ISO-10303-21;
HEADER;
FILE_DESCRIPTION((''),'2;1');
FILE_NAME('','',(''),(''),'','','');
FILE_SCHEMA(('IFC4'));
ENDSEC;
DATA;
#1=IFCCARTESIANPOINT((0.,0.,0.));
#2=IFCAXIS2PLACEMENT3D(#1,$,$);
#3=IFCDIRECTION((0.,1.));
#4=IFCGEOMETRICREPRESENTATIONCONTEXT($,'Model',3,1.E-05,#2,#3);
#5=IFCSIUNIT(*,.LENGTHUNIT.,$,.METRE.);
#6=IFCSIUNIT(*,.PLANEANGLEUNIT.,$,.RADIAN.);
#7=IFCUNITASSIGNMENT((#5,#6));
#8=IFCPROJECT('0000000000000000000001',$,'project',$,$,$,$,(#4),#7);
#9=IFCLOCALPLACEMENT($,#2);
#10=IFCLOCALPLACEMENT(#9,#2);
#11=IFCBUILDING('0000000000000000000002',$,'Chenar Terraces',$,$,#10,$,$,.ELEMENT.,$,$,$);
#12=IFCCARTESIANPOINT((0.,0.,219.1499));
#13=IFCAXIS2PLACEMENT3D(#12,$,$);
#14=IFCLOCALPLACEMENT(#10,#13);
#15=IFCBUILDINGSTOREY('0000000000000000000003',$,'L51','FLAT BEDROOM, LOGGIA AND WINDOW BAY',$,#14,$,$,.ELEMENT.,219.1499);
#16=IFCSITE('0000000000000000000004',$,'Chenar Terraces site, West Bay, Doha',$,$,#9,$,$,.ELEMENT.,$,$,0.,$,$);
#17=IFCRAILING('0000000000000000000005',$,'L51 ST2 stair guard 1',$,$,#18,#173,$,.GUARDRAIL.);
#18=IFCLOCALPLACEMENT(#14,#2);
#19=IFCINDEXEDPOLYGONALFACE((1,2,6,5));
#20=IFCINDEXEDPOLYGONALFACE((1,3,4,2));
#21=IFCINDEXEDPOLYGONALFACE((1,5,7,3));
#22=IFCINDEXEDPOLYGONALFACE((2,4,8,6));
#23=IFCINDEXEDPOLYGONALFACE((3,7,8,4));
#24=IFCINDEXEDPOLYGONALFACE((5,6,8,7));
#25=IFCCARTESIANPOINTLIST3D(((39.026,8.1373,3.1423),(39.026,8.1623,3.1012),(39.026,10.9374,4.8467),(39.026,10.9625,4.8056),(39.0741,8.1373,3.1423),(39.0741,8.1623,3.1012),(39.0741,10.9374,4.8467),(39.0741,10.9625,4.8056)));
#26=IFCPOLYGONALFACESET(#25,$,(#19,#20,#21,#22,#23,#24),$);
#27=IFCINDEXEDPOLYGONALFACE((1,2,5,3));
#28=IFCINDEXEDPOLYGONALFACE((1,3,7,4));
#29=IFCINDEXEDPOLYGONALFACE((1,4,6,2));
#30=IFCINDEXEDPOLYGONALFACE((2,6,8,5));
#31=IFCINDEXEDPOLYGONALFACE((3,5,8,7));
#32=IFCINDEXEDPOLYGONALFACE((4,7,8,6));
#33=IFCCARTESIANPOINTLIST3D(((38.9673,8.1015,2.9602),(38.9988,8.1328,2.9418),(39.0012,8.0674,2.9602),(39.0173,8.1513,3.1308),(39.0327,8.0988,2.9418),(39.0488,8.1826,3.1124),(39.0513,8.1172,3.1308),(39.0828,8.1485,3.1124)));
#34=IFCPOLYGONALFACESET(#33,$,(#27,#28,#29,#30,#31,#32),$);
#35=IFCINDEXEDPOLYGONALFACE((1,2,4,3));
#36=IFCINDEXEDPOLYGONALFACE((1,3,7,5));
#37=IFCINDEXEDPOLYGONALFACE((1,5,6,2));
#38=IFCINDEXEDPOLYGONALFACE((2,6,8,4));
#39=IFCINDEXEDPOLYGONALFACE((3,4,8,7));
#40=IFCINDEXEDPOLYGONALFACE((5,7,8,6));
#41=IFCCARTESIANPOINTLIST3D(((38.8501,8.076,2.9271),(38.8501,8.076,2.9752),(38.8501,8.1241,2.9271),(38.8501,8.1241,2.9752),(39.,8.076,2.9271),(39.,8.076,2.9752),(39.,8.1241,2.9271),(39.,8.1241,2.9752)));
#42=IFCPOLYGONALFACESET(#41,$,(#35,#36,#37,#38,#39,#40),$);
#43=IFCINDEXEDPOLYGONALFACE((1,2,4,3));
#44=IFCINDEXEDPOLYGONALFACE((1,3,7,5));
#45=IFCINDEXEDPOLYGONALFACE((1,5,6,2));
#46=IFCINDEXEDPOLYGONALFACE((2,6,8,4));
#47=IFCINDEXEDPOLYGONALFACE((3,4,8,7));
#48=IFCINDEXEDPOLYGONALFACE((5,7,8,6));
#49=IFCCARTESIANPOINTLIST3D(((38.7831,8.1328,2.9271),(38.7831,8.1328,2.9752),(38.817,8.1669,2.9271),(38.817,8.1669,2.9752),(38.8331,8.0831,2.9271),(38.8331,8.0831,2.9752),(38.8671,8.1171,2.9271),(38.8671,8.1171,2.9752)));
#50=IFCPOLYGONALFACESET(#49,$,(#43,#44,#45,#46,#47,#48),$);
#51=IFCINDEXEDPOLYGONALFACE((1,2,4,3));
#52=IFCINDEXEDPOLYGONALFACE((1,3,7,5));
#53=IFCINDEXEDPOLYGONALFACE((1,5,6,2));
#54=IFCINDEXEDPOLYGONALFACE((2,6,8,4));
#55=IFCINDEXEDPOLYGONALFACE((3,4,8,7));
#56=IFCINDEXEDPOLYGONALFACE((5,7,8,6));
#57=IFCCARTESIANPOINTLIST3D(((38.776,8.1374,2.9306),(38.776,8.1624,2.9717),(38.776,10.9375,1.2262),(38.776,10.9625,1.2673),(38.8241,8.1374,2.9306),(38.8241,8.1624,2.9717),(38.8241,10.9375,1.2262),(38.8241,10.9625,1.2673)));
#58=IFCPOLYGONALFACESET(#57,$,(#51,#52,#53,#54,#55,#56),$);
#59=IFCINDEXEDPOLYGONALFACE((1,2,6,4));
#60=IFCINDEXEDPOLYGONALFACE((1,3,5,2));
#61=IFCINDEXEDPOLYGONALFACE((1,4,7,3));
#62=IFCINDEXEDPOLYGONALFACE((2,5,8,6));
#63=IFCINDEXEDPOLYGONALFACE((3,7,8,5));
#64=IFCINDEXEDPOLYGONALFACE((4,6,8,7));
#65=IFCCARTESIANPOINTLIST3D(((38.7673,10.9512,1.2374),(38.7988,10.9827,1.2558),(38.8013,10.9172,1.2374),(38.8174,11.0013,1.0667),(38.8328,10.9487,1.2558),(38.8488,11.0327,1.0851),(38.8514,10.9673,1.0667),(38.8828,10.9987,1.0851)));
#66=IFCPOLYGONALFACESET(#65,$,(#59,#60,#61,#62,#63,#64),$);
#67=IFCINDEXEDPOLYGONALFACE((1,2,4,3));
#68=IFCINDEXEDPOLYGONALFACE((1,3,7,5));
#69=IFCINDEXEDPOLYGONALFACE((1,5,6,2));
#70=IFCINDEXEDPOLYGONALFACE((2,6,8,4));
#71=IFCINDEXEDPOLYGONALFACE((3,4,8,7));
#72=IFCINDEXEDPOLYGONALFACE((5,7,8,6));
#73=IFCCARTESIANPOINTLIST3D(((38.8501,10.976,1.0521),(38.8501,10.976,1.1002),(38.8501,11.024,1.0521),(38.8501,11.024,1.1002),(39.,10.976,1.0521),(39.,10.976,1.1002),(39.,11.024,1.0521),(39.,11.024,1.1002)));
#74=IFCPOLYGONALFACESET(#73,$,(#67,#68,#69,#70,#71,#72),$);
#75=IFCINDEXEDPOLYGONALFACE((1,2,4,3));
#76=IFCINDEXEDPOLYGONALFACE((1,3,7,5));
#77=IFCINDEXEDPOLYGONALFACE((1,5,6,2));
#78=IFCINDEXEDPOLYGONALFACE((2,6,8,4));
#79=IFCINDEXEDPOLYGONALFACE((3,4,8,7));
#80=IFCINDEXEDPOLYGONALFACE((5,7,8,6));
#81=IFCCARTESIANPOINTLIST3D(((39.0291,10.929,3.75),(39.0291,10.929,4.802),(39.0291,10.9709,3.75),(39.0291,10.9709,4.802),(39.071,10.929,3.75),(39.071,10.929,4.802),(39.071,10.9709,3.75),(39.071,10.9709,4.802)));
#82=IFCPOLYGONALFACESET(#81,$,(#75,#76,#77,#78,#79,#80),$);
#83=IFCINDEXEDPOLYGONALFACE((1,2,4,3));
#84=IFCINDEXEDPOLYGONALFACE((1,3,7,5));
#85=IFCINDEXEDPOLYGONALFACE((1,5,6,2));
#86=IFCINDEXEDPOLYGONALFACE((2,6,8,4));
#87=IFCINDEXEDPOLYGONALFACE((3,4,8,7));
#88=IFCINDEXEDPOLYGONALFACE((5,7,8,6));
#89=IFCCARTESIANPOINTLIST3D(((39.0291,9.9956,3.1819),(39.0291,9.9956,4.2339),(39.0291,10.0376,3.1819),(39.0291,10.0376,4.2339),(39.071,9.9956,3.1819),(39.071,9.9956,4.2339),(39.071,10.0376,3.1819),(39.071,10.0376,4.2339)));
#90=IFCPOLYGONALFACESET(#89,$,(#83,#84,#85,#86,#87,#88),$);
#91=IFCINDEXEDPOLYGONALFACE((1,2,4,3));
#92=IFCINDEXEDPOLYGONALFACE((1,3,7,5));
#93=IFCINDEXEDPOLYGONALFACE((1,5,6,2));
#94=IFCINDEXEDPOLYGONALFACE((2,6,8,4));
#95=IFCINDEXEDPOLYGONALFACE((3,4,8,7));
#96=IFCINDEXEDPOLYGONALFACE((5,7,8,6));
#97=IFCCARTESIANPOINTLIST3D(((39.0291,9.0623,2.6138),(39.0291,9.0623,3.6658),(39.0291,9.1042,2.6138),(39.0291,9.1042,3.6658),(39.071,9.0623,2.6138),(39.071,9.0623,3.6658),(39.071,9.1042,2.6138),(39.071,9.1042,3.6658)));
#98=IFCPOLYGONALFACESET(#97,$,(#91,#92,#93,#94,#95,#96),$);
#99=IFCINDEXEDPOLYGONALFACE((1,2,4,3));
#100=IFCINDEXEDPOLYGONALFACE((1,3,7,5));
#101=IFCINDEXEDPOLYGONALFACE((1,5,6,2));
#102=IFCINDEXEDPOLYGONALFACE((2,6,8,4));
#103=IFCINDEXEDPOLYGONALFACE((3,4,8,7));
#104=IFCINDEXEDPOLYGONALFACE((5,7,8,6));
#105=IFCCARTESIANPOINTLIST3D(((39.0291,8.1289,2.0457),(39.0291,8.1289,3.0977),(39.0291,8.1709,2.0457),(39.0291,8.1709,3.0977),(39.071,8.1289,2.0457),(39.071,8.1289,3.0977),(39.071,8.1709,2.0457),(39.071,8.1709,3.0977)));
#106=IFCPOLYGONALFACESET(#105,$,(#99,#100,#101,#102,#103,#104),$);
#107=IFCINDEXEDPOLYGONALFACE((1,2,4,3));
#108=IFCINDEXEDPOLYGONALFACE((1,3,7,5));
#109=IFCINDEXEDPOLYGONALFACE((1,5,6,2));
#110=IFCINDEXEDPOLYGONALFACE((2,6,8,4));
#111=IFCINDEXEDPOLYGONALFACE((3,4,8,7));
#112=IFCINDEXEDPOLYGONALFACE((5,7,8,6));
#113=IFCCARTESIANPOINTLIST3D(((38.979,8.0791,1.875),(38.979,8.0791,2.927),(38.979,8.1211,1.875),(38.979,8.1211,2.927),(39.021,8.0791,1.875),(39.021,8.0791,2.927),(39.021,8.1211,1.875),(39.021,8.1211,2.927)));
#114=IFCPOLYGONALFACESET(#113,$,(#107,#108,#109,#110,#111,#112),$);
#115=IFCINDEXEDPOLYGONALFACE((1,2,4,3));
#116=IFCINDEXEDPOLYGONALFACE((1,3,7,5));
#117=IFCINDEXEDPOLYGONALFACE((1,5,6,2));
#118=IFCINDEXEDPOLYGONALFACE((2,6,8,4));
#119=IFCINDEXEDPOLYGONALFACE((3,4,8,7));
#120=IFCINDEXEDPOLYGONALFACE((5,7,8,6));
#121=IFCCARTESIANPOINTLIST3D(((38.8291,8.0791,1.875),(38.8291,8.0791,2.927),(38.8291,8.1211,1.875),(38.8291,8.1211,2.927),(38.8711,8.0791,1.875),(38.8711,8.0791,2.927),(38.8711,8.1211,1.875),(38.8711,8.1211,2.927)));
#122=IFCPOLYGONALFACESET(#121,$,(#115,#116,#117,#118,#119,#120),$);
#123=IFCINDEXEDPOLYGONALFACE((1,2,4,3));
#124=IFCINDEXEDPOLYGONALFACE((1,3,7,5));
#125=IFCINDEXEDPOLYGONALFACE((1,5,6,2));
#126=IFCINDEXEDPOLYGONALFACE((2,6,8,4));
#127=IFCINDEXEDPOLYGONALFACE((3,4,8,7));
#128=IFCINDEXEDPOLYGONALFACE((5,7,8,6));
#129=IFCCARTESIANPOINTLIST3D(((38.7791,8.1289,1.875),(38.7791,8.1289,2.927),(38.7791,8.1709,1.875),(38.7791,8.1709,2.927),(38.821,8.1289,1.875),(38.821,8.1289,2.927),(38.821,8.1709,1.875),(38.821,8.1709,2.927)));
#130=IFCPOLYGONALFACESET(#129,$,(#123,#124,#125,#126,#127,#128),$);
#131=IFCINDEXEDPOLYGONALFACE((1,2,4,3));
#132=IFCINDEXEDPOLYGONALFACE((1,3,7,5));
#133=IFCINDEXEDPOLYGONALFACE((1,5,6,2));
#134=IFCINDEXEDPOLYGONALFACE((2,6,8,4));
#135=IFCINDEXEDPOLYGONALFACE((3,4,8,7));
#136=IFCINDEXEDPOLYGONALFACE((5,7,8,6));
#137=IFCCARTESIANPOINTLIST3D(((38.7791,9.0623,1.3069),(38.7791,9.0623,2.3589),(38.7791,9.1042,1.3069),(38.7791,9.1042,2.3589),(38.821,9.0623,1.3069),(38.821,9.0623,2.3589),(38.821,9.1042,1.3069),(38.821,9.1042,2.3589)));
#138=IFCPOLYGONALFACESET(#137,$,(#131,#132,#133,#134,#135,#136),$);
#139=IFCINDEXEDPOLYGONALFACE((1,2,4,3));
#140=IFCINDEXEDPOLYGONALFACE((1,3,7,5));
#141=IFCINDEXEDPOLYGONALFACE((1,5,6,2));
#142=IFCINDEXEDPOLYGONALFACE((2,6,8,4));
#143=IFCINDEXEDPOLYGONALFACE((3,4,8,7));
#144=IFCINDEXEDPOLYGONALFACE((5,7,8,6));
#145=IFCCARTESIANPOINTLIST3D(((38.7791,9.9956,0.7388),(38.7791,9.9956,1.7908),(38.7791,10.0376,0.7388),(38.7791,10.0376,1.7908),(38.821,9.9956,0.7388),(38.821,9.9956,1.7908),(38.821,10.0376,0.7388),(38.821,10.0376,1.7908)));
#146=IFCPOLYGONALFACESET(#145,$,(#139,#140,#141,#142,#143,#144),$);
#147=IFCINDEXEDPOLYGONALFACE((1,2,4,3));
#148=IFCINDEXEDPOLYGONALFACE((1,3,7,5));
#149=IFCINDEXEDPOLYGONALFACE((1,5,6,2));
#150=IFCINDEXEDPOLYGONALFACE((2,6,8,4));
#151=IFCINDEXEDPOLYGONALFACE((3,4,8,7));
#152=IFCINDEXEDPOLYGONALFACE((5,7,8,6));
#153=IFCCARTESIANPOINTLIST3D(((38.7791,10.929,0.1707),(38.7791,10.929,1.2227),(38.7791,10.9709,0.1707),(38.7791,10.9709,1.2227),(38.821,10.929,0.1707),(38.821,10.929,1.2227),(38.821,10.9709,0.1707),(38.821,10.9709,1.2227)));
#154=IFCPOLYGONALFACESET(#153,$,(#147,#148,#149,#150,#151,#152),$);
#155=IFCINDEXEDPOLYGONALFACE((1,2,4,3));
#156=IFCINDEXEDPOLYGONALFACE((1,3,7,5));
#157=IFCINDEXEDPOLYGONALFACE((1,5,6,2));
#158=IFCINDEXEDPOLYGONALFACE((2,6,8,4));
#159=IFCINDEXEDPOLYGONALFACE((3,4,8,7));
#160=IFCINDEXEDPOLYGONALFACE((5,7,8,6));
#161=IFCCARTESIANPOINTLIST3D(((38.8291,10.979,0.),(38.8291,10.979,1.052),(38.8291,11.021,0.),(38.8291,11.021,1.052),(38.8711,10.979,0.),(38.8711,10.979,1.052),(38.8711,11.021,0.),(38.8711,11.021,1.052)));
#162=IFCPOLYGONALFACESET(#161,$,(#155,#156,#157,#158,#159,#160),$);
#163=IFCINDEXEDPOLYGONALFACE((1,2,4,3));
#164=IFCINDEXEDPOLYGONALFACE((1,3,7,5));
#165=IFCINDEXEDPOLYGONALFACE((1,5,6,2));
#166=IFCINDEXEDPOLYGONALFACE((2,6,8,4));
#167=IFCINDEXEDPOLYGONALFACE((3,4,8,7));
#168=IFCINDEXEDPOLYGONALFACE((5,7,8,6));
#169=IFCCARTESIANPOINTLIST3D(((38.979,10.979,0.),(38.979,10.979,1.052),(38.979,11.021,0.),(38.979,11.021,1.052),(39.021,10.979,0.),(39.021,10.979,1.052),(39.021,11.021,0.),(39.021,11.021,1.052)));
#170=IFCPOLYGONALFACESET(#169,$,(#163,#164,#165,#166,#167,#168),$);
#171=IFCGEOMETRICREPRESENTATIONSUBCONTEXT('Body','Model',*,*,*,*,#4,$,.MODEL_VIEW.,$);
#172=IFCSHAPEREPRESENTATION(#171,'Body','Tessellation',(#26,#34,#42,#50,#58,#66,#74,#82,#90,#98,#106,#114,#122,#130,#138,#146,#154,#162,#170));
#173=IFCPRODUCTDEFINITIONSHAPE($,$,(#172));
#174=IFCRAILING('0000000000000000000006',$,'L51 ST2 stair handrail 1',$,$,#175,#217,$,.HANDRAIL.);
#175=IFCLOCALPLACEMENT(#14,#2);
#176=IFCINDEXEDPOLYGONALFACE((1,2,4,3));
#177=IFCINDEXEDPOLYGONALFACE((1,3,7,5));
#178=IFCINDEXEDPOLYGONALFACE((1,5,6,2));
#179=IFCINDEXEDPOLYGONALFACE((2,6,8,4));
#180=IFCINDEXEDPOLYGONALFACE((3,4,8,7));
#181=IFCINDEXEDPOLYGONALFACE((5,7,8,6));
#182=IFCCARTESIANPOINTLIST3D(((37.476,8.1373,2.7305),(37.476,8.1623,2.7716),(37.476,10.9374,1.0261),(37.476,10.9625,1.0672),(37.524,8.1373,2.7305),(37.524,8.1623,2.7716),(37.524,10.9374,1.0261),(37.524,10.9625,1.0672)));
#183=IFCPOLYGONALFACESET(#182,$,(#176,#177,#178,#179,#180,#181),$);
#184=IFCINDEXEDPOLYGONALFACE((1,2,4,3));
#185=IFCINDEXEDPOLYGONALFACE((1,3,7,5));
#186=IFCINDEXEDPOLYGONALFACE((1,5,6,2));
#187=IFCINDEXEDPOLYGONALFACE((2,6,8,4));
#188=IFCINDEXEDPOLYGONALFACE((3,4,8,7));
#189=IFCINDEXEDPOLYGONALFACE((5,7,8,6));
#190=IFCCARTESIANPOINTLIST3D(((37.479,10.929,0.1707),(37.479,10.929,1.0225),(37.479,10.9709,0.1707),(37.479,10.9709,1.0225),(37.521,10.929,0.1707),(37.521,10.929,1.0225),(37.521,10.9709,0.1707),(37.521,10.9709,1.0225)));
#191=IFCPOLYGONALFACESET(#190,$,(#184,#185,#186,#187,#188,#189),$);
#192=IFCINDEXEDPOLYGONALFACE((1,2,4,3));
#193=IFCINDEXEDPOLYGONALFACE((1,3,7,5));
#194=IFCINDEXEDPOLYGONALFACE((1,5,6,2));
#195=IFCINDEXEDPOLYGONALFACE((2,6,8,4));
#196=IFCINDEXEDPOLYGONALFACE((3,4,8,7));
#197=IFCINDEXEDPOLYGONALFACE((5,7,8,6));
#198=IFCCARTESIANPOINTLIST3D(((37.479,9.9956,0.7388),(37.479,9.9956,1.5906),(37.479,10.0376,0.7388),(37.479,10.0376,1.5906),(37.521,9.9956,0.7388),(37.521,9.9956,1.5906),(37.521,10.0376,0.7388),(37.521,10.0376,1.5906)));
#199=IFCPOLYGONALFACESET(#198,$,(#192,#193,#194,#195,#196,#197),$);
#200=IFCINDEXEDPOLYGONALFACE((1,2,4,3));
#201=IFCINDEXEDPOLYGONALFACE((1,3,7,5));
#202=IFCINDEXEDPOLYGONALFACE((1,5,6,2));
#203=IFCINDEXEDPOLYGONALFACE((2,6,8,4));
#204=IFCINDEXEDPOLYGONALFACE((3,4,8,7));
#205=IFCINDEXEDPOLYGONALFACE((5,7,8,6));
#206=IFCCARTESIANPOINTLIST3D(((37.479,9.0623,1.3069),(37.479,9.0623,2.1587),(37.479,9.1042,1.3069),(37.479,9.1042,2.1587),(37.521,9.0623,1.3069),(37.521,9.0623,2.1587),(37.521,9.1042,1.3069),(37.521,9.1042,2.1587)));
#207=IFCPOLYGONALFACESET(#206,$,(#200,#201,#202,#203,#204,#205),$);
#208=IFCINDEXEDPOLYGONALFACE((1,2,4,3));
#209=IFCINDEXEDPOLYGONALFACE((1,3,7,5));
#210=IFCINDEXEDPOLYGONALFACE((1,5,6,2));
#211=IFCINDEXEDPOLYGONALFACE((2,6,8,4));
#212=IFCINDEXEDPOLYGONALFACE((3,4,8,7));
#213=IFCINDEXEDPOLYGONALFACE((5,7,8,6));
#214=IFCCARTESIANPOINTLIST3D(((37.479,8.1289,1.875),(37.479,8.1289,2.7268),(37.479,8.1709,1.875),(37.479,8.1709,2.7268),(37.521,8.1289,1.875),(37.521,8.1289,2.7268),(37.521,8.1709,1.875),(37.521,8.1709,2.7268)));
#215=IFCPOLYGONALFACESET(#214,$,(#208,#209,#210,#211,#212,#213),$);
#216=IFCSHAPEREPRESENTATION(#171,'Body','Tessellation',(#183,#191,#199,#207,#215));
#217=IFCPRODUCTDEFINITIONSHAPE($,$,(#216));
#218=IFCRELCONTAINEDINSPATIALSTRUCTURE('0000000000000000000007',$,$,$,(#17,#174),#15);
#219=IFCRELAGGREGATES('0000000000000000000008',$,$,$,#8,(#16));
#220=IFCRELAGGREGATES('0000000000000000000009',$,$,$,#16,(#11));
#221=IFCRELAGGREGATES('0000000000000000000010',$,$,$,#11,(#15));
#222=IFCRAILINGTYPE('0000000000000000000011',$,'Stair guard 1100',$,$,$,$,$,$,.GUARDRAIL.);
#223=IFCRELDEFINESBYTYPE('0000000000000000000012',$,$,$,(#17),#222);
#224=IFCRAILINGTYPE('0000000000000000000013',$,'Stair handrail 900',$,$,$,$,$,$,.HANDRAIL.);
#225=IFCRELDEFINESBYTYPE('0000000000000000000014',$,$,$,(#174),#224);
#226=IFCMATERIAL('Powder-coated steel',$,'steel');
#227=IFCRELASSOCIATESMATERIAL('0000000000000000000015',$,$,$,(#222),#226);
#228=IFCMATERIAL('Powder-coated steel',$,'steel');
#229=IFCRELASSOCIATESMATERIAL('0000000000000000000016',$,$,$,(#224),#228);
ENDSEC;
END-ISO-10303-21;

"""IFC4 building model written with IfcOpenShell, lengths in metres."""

from ifc_helpers import new_model, si_unit, direction, frame, origin, origin_2d, place, context, subcontext, project, spatial, rectangle, extrude, material, type_object, element, save


model = new_model("IFC4")

# Units and contexts
model_context = context("Model", 3, precision=1e-05, world=origin(), true_north=direction((0.0, 1.0)))
body_context = subcontext(model_context, "Body", "Model", "MODEL_VIEW")
ifc_project = project(units=[si_unit("LENGTHUNIT", "METRE"), si_unit("PLANEANGLEUNIT", "RADIAN")], contexts=[model_context])

# Site, building, storey
site_placement = place(None, origin())
site = spatial("IfcSite", under=ifc_project, at=site_placement, Name="Chenar Terraces site, West Bay, Doha", CompositionType="ELEMENT", RefElevation=0.0)
building_placement = place(site_placement, origin())
building = spatial("IfcBuilding", under=site, at=building_placement, Name="Chenar Terraces", CompositionType="ELEMENT")
storey_placement = place(building_placement, frame((0.0, 0.0, 219.1499)))
storey = spatial("IfcBuildingStorey", under=building, at=storey_placement, Name="L51", Description="FLAT BEDROOM, LOGGIA AND WINDOW BAY", CompositionType="ELEMENT", Elevation=219.1499)

# Railings
ifc_material_1 = material(Name="Powder-coated steel", Category="steel")
railing_type_1 = type_object("IfcRailingType", Name="Stair guard 1100", PredefinedType="GUARDRAIL", material=ifc_material_1)
railing_1_placement = place(storey_placement, frame((39.05, 10.95, 3.75)))
element("IfcRailing", 1, at=railing_1_placement, inside=storey, type_object=railing_type_1, Name="L51 ST2 stair guard 1", PredefinedType="GUARDRAIL", context=body_context, shape_type="SweptSolid", body=[
    extrude(rectangle(XDim=0.0481, YDim=0.0481, at=origin_2d()), frame((0.0, 0.0, 1.0762), z_axis=(0.0, -0.854203, -0.51994), x_axis=(1.0, 0.0, 0.0)), (0.0, 0.0, 1.0), 3.2781),
    extrude(rectangle(XDim=0.0481, YDim=0.0481, at=origin_2d()), frame((0.0, -2.8, -0.6284), z_axis=(-0.270997, -0.269675, -0.924033), x_axis=(0.705376, -0.708834, 0.0)), (0.0, 0.0, 1.0), 0.1846),
    extrude(rectangle(XDim=0.0481, YDim=0.0481, at=origin_2d()), frame((-0.05, -2.8499, -0.7988), z_axis=(-1.0, 0.0, 0.0), x_axis=(0.0, -1.0, 0.0)), (0.0, 0.0, 1.0), 0.1499),
    extrude(rectangle(XDim=0.0481, YDim=0.0481, at=origin_2d()), frame((-0.2, -2.8499, -0.7988), z_axis=(-0.708834, 0.705376, 0.0), x_axis=(-0.705376, -0.708834, 0.0)), (0.0, 0.0, 1.0), 0.0706),
    extrude(rectangle(XDim=0.0481, YDim=0.0481, at=origin_2d()), frame((-0.25, -2.8, -0.7988), z_axis=(0.0, 0.854203, -0.51994), x_axis=(-1.0, 0.0, 0.0)), (0.0, 0.0, 1.0), 3.2781),
    extrude(rectangle(XDim=0.0481, YDim=0.0481, at=origin_2d()), frame((-0.25, 0.0, -2.5034), z_axis=(0.2709, 0.2709, -0.923703), x_axis=(-0.707107, 0.707107, 0.0)), (0.0, 0.0, 1.0), 0.1848),
    extrude(rectangle(XDim=0.0481, YDim=0.0481, at=origin_2d()), frame((-0.2, 0.05, -2.6738), z_axis=(1.0, 0.0, 0.0), x_axis=(0.0, 1.0, 0.0)), (0.0, 0.0, 1.0), 0.1499),
    extrude(rectangle(XDim=0.042, YDim=0.042, at=origin_2d()), origin(), (0.0, 0.0, 1.0), 1.052),
    extrude(rectangle(XDim=0.042, YDim=0.042, at=origin_2d()), frame((0.0, -0.9333, -0.5681)), (0.0, 0.0, 1.0), 1.052),
    extrude(rectangle(XDim=0.042, YDim=0.042, at=origin_2d()), frame((0.0, -1.8667, -1.1362)), (0.0, 0.0, 1.0), 1.052),
    extrude(rectangle(XDim=0.042, YDim=0.042, at=origin_2d()), frame((0.0, -2.8, -1.7043)), (0.0, 0.0, 1.0), 1.052),
    extrude(rectangle(XDim=0.042, YDim=0.042, at=origin_2d()), frame((-0.05, -2.8499, -1.875)), (0.0, 0.0, 1.0), 1.052),
    extrude(rectangle(XDim=0.042, YDim=0.042, at=origin_2d()), frame((-0.2, -2.8499, -1.875)), (0.0, 0.0, 1.0), 1.052),
    extrude(rectangle(XDim=0.042, YDim=0.042, at=origin_2d()), frame((-0.25, -2.8, -1.875)), (0.0, 0.0, 1.0), 1.052),
    extrude(rectangle(XDim=0.042, YDim=0.042, at=origin_2d()), frame((-0.25, -1.8667, -2.4431)), (0.0, 0.0, 1.0), 1.052),
    extrude(rectangle(XDim=0.042, YDim=0.042, at=origin_2d()), frame((-0.25, -0.9333, -3.0112)), (0.0, 0.0, 1.0), 1.052),
    extrude(rectangle(XDim=0.042, YDim=0.042, at=origin_2d()), frame((-0.25, 0.0, -3.5793)), (0.0, 0.0, 1.0), 1.052),
    extrude(rectangle(XDim=0.042, YDim=0.042, at=origin_2d()), frame((-0.2, 0.05, -3.75)), (0.0, 0.0, 1.0), 1.052),
    extrude(rectangle(XDim=0.042, YDim=0.042, at=origin_2d()), frame((-0.05, 0.05, -3.75)), (0.0, 0.0, 1.0), 1.052),
])
ifc_material_2 = material(Name="Powder-coated steel", Category="steel")
railing_type_2 = type_object("IfcRailingType", Name="Stair handrail 900", PredefinedType="HANDRAIL", material=ifc_material_2)
railing_2_placement = place(storey_placement, frame((37.5, 10.95, 0.1707)))
element("IfcRailing", 2, at=railing_2_placement, inside=storey, type_object=railing_type_2, Name="L51 ST2 stair handrail 1", PredefinedType="HANDRAIL", context=body_context, shape_type="SweptSolid", body=[
    extrude(rectangle(XDim=0.0481, YDim=0.0481, at=origin_2d()), frame((0.0, 0.0, 0.876), z_axis=(0.0, -0.854203, 0.51994), x_axis=(1.0, 0.0, 0.0)), (0.0, 0.0, 1.0), 3.2781),
    extrude(rectangle(XDim=0.042, YDim=0.042, at=origin_2d()), origin(), (0.0, 0.0, 1.0), 0.8518),
    extrude(rectangle(XDim=0.042, YDim=0.042, at=origin_2d()), frame((0.0, -0.9333, 0.5681)), (0.0, 0.0, 1.0), 0.8518),
    extrude(rectangle(XDim=0.042, YDim=0.042, at=origin_2d()), frame((0.0, -1.8667, 1.1362)), (0.0, 0.0, 1.0), 0.8518),
    extrude(rectangle(XDim=0.042, YDim=0.042, at=origin_2d()), frame((0.0, -2.8, 1.7043)), (0.0, 0.0, 1.0), 0.8518),
])

save(model, "model.ifc")
